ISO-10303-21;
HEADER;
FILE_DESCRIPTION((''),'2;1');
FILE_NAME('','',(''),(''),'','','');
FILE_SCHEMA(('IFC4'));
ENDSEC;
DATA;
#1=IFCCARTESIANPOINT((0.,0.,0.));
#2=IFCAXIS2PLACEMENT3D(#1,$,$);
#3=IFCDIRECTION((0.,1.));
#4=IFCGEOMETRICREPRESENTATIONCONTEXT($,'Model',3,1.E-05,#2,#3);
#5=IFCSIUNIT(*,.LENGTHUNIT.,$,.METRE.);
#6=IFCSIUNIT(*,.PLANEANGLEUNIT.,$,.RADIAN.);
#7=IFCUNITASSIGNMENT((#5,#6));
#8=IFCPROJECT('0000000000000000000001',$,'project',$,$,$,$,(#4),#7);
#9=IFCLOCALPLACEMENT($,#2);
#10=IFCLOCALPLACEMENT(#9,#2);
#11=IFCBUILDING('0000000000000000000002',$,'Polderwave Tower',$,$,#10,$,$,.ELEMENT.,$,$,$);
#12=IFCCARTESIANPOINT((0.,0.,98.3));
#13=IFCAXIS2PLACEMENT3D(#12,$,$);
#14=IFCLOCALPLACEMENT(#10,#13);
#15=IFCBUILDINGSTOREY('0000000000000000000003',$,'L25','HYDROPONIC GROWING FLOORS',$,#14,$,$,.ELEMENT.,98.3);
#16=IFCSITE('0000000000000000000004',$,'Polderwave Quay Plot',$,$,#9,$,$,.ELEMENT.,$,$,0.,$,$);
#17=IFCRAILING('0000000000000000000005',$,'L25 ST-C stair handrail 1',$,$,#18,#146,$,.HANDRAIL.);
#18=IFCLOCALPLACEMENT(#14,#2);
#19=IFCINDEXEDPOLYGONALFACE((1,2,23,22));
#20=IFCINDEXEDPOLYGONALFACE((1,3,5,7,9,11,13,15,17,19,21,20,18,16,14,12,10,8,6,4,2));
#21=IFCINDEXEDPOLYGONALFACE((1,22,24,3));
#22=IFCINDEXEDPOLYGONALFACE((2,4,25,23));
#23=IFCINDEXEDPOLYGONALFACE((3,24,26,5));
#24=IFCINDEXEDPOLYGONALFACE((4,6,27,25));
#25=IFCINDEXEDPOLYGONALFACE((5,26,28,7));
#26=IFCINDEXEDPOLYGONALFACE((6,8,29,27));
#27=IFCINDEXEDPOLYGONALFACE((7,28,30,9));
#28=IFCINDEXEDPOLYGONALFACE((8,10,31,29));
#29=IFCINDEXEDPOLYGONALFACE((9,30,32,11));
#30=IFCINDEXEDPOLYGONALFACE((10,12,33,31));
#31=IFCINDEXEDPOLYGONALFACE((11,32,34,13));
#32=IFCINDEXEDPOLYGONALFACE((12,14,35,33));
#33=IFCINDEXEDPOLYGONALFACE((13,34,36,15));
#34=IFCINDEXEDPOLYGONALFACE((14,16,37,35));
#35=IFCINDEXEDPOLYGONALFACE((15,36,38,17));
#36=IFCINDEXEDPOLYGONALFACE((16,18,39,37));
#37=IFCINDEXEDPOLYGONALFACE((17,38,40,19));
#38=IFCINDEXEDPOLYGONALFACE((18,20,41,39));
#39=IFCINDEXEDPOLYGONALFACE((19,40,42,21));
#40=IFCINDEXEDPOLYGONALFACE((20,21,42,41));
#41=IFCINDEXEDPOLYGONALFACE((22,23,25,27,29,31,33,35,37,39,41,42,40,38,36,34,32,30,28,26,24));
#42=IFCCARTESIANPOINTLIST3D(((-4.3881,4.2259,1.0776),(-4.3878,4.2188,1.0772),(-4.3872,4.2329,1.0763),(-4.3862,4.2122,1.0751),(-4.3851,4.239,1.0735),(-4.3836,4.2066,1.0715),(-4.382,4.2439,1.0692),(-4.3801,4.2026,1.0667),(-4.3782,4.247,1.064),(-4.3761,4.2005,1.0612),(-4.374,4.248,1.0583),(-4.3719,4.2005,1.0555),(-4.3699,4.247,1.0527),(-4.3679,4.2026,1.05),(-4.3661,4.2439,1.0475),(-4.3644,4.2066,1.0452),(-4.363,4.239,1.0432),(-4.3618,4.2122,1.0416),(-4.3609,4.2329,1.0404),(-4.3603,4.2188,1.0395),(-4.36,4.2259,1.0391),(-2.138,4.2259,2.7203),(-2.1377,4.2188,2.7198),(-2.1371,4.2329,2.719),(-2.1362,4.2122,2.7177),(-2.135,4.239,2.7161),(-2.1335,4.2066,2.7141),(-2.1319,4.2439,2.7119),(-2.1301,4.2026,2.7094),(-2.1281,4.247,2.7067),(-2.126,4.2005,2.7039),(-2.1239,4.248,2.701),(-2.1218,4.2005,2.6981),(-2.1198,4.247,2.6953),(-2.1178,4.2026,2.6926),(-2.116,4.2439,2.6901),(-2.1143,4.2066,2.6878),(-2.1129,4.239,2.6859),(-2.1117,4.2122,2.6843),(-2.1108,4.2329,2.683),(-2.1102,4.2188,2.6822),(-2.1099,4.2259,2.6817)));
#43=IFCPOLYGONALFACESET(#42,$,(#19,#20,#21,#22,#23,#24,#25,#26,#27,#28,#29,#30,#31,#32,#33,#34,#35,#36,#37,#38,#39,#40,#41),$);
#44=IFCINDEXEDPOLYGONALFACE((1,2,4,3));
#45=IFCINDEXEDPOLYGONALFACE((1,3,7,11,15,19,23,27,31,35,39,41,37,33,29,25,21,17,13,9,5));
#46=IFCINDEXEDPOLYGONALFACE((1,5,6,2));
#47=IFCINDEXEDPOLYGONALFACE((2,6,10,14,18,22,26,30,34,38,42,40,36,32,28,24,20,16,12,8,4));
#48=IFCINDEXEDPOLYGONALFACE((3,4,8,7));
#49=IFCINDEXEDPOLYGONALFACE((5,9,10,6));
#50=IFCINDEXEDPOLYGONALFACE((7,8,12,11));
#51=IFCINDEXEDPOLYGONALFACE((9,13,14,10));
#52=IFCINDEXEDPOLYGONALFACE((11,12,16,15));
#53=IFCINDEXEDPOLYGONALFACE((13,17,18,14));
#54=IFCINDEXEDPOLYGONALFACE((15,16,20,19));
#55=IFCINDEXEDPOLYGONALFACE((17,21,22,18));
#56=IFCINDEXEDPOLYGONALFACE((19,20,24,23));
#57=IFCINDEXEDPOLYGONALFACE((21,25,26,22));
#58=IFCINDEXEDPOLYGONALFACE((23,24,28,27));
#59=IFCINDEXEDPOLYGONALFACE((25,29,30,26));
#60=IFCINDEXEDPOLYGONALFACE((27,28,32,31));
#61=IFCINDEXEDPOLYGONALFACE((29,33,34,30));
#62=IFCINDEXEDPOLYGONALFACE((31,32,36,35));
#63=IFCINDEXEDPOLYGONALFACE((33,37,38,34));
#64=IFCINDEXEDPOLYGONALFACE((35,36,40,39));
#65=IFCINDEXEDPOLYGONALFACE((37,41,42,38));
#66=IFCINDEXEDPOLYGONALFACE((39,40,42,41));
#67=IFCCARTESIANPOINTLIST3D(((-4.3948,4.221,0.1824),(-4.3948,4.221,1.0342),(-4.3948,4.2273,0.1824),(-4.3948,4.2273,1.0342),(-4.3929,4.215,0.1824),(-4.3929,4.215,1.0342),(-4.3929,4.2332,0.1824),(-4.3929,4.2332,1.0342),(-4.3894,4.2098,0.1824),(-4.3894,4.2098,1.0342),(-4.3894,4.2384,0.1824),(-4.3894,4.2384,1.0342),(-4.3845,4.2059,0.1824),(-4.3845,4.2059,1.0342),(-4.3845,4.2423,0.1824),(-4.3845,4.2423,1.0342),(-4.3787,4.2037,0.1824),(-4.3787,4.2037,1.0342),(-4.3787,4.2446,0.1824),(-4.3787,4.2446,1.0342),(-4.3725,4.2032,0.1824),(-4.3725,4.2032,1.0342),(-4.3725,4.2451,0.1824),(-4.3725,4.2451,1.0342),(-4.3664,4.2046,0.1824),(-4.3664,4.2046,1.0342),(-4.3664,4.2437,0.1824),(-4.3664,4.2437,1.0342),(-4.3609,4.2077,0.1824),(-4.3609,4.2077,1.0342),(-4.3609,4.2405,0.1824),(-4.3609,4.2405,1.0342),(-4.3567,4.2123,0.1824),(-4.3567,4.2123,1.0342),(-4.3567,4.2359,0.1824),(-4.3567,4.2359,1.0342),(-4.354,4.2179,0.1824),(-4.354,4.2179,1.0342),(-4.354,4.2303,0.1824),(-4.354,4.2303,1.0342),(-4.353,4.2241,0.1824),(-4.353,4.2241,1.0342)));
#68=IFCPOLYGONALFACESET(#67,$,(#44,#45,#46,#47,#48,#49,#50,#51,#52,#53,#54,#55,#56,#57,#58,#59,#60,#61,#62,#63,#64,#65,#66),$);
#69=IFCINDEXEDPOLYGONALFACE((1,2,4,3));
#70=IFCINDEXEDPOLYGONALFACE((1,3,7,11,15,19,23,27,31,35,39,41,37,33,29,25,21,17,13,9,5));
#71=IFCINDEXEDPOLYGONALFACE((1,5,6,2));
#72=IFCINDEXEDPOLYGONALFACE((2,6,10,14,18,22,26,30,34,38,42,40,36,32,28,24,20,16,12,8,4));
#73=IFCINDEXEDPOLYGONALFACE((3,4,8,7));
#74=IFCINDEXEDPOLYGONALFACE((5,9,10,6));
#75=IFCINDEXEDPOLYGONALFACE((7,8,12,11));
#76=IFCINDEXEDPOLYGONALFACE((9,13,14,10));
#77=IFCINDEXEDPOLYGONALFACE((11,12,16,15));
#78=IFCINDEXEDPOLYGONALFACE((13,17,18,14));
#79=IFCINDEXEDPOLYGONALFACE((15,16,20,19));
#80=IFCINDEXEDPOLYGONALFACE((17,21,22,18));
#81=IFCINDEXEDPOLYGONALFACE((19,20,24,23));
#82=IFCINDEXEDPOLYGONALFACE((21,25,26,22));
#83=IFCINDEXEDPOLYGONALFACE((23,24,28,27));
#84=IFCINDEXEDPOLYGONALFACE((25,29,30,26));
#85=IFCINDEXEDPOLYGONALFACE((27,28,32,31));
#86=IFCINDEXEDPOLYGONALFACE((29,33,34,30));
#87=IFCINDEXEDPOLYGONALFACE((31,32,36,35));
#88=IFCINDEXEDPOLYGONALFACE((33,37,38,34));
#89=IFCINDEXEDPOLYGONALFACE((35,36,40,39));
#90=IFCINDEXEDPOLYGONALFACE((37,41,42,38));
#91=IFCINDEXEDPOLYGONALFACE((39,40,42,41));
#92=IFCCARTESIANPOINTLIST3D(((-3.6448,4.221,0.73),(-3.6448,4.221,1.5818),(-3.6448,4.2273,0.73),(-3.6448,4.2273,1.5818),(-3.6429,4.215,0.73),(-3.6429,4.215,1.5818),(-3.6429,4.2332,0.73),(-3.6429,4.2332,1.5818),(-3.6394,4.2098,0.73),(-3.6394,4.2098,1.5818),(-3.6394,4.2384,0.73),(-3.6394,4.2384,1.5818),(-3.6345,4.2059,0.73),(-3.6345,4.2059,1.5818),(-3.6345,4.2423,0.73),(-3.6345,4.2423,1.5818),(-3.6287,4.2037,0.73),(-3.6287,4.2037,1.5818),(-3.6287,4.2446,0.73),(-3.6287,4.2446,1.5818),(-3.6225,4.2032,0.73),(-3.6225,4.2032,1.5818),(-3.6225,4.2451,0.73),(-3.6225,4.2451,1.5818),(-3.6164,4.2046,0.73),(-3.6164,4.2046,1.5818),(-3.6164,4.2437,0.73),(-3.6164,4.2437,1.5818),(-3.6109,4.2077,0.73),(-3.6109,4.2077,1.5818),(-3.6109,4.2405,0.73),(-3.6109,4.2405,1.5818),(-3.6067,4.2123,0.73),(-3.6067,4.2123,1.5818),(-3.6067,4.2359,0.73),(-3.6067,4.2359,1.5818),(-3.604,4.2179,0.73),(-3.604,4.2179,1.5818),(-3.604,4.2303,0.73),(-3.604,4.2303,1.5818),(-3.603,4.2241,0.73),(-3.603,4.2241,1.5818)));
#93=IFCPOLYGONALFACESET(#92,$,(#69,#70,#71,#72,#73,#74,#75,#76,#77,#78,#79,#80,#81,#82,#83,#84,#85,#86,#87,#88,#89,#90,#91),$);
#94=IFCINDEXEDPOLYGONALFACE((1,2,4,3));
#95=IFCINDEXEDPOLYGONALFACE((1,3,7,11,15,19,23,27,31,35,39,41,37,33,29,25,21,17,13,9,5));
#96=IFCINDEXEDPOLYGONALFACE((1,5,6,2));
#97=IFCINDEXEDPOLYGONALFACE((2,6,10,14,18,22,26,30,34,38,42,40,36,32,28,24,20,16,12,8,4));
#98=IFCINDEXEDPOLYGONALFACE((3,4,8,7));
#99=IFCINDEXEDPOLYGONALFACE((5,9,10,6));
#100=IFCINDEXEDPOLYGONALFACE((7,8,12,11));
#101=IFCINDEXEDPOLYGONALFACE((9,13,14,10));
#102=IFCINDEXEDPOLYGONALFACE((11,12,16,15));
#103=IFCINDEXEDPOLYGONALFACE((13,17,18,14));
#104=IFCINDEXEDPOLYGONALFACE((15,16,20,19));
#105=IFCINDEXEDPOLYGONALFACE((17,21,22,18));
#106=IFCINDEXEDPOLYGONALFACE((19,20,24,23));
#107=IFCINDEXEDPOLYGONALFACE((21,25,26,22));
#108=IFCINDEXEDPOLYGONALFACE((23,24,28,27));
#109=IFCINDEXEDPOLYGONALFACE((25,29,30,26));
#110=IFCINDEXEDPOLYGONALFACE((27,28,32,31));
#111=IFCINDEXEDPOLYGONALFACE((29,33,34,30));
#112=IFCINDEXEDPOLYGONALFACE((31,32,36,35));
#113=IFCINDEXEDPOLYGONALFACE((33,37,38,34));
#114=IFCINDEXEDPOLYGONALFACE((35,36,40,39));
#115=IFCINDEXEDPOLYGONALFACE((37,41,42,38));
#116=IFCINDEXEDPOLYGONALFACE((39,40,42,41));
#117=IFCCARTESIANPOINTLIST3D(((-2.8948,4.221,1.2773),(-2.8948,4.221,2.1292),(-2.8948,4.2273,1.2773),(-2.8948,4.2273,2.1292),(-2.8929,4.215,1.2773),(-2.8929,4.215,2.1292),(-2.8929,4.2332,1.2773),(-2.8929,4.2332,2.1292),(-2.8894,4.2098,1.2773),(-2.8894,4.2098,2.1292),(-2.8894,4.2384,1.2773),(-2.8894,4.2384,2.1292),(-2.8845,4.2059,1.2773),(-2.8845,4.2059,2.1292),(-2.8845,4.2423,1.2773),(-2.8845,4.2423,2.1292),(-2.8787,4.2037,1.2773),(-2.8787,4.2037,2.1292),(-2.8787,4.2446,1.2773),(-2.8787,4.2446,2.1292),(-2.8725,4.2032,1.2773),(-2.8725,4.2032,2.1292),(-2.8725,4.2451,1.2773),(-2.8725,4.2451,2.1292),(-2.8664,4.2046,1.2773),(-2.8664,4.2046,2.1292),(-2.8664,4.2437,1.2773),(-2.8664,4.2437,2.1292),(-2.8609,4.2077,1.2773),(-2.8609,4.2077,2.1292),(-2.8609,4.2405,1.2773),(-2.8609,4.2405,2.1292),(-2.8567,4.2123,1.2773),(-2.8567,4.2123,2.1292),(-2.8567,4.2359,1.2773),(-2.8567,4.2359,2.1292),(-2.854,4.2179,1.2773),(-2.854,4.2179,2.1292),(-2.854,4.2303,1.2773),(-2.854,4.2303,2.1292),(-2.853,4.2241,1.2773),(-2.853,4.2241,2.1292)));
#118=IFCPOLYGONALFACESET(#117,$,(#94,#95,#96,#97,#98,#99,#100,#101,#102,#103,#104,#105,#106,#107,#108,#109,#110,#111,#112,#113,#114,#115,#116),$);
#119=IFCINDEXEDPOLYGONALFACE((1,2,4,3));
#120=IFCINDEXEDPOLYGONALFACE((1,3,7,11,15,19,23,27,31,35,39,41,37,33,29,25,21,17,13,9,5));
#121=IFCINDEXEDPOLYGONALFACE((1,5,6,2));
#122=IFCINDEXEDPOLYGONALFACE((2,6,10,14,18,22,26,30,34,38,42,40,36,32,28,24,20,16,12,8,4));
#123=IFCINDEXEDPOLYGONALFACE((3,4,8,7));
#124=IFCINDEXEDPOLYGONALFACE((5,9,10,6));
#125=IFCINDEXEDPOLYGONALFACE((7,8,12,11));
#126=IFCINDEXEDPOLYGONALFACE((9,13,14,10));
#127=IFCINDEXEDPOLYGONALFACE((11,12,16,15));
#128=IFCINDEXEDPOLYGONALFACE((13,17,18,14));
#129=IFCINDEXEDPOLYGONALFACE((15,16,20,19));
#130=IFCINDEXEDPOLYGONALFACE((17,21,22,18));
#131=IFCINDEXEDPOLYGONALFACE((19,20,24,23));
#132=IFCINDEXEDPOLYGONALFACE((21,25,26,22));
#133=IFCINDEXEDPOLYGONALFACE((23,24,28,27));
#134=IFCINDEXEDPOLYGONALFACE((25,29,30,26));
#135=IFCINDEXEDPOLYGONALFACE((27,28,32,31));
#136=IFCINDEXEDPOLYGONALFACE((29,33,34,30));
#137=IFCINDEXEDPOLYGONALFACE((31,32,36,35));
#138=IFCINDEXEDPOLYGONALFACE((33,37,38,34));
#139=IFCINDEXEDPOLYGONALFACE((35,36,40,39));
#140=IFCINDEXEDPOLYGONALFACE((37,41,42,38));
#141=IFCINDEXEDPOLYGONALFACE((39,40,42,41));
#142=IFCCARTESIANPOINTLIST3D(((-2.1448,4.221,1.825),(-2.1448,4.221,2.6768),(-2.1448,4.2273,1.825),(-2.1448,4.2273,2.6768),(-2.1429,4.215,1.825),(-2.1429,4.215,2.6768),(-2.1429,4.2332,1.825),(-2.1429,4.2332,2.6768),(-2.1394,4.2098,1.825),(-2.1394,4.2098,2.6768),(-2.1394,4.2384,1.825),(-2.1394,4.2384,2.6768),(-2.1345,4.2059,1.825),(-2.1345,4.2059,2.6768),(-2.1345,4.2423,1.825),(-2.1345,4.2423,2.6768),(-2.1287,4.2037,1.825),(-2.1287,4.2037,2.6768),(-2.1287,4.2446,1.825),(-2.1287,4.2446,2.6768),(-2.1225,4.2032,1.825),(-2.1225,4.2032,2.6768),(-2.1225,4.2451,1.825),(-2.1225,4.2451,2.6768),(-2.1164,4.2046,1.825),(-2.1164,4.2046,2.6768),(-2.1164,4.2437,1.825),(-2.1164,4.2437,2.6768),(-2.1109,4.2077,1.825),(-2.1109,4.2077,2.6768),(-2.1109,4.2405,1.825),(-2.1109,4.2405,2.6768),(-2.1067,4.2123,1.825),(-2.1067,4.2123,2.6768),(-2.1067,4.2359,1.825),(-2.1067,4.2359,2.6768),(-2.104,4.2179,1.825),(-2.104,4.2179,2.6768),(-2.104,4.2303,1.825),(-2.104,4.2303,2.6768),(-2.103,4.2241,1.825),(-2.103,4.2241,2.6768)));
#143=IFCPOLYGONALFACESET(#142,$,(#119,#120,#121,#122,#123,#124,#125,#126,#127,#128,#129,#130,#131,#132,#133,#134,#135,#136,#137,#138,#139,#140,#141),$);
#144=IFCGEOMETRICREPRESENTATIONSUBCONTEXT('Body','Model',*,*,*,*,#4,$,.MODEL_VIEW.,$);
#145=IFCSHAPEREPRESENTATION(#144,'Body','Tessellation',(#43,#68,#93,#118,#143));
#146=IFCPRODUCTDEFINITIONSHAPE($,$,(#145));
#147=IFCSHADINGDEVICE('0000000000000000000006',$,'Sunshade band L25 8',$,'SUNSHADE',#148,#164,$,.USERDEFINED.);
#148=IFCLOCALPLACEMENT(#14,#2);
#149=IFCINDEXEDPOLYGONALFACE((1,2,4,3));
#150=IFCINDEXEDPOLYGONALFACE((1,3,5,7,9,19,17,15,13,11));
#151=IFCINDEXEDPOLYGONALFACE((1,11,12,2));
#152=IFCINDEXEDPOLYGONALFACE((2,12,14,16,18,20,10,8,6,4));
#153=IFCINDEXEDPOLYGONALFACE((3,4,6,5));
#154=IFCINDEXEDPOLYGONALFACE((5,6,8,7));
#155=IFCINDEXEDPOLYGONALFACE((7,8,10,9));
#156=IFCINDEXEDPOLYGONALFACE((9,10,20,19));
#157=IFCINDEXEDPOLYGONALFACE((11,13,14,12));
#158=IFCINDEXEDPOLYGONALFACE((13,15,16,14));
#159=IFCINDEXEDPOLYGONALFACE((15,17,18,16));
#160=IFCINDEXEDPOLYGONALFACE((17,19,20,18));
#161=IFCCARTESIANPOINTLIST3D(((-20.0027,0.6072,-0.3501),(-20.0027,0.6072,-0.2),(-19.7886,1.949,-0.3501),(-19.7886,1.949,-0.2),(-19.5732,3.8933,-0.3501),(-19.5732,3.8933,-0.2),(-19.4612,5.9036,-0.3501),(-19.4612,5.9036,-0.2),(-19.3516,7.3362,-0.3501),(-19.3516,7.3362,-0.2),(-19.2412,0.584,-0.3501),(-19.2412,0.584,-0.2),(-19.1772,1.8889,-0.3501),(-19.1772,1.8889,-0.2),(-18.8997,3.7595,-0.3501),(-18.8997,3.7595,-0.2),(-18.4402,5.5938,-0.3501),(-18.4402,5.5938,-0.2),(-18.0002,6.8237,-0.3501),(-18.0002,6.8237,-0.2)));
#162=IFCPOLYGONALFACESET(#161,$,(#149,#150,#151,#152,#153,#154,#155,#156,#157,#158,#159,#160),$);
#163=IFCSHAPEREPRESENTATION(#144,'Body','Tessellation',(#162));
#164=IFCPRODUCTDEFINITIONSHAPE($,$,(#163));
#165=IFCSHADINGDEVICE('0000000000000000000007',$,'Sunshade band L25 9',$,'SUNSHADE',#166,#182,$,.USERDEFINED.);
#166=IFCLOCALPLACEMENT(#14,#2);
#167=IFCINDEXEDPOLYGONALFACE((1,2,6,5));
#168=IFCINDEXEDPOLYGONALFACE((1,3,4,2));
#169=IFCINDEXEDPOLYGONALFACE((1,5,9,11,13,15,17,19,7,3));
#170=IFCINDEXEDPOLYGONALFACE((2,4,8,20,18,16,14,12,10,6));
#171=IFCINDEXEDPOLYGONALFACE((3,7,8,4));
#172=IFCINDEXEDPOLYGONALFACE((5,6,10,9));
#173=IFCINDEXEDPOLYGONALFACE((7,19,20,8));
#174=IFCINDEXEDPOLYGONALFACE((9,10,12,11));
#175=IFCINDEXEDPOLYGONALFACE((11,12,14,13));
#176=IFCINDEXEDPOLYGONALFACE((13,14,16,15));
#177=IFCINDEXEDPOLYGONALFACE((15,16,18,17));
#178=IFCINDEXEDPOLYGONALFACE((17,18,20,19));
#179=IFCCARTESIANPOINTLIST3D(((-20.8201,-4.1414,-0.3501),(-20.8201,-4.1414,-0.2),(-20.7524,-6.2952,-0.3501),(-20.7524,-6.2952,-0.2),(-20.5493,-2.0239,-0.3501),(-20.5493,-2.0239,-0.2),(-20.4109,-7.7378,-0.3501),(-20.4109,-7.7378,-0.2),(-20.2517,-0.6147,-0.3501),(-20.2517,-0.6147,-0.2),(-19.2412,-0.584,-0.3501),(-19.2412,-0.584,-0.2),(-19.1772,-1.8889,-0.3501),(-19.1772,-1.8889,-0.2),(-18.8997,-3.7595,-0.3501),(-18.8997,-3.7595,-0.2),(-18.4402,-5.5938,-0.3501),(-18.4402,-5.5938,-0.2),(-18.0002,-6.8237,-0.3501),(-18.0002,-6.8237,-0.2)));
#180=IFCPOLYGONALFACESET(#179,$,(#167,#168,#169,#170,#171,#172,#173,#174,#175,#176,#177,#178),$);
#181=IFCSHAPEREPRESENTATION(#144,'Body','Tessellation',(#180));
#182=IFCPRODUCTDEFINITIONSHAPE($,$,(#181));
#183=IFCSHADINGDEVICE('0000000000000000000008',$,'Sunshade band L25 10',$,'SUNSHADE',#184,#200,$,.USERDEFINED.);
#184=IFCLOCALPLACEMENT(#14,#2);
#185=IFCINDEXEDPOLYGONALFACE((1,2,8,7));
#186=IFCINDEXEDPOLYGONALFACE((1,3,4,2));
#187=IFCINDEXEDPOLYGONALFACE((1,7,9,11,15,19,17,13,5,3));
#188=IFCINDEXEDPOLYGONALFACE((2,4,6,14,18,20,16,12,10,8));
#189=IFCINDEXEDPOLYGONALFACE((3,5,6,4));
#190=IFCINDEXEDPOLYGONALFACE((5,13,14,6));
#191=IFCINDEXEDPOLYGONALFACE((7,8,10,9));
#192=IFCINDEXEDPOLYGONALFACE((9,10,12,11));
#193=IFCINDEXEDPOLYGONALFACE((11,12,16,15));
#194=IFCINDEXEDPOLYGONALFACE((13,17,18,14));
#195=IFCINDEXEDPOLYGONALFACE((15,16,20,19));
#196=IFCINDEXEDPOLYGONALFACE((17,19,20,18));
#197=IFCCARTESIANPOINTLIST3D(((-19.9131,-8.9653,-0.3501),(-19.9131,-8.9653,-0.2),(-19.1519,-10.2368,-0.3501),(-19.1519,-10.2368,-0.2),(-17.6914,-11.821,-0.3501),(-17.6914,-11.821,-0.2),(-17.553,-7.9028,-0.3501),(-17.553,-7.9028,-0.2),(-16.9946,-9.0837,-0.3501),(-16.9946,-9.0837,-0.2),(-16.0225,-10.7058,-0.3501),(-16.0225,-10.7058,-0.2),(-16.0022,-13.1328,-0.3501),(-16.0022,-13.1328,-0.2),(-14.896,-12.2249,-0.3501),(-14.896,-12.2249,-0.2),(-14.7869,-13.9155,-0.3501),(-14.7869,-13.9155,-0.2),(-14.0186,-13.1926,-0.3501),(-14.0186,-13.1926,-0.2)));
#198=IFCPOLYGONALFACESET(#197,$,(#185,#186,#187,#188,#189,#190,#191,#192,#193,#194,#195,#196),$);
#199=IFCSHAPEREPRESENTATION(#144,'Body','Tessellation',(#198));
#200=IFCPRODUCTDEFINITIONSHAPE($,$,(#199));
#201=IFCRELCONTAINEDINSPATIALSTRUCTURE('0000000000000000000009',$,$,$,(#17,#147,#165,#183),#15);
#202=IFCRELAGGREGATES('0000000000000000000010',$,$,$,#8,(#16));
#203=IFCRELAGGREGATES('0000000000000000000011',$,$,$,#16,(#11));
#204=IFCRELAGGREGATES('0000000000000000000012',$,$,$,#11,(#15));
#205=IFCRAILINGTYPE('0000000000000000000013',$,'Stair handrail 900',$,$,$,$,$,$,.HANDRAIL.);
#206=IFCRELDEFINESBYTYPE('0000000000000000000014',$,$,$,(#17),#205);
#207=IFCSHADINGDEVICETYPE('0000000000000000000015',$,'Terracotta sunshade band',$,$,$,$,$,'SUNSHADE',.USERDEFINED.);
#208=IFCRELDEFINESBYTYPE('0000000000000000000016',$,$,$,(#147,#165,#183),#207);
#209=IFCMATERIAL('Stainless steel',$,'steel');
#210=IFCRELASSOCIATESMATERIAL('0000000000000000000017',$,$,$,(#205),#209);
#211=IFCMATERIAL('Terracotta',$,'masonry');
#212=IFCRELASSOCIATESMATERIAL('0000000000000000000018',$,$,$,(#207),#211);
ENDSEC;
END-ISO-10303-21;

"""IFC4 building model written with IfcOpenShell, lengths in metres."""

from ifc_helpers import new_model, si_unit, direction, frame, origin, origin_2d, place, context, subcontext, project, spatial, polyline, circle, outline, extrude, material, type_object, element, save


model = new_model("IFC4")

# Units and contexts
model_context = context("Model", 3, precision=1e-05, world=origin(), true_north=direction((0.0, 1.0)))
body_context = subcontext(model_context, "Body", "Model", "MODEL_VIEW")
ifc_project = project(units=[si_unit("LENGTHUNIT", "METRE"), si_unit("PLANEANGLEUNIT", "RADIAN")], contexts=[model_context])

# Site, building, storey
site_placement = place(None, origin())
site = spatial("IfcSite", under=ifc_project, at=site_placement, Name="Polderwave Quay Plot", CompositionType="ELEMENT", RefElevation=0.0)
building_placement = place(site_placement, origin())
building = spatial("IfcBuilding", under=site, at=building_placement, Name="Polderwave Tower", CompositionType="ELEMENT")
storey_placement = place(building_placement, frame((0.0, 0.0, 98.3)))
storey = spatial("IfcBuildingStorey", under=building, at=storey_placement, Name="L25", Description="HYDROPONIC GROWING FLOORS", CompositionType="ELEMENT", Elevation=98.3)

# Railing
ifc_material_1 = material(Name="Stainless steel", Category="steel")
railing_type_1 = type_object("IfcRailingType", Name="Stair handrail 900", PredefinedType="HANDRAIL", material=ifc_material_1)
railing_1_placement = place(storey_placement, frame((-4.374, 4.2241, 0.1824)))
element("IfcRailing", 1, at=railing_1_placement, inside=storey, type_object=railing_type_1, Name="L25 ST-C stair handrail 1", PredefinedType="HANDRAIL", context=body_context, shape_type="SweptSolid", body=[
    extrude(circle(Radius=0.0239, at=origin_2d()), frame((0.0, 0.0, 0.876), z_axis=(0.807674, 0.0, 0.58963), x_axis=(0.0, 1.0, 0.0)), (0.0, 0.0, 1.0), 2.7859),
    extrude(circle(Radius=0.021, at=origin_2d()), origin(), (0.0, 0.0, 1.0), 0.8518),
    extrude(circle(Radius=0.021, at=origin_2d()), frame((0.75, 0.0, 0.5476)), (0.0, 0.0, 1.0), 0.8518),
    extrude(circle(Radius=0.021, at=origin_2d()), frame((1.5, 0.0, 1.095)), (0.0, 0.0, 1.0), 0.8518),
    extrude(circle(Radius=0.021, at=origin_2d()), frame((2.25, 0.0, 1.6426)), (0.0, 0.0, 1.0), 0.8518),
])

# Shading devices
ifc_material_2 = material(Name="Terracotta", Category="masonry")
shading_device_type = type_object("IfcShadingDeviceType", Name="Terracotta sunshade band", ElementType="SUNSHADE", PredefinedType="USERDEFINED", material=ifc_material_2)
shading_device_1_placement = place(storey_placement, frame((0.0, 0.0, -0.3501)))
element("IfcShadingDevice", 2, at=shading_device_1_placement, inside=storey, type_object=shading_device_type, Name="Sunshade band L25 8", ObjectType="SUNSHADE", PredefinedType="USERDEFINED", context=body_context, shape_type="SweptSolid", body=[
    extrude(outline(polyline([(-18.0002, 6.8237), (-18.4402, 5.5938), (-18.8997, 3.7595), (-19.1772, 1.8889), (-19.2412, 0.584), (-20.0027, 0.6072), (-19.7886, 1.949), (-19.5732, 3.8933), (-19.4612, 5.9036), (-19.3516, 7.3362), (-18.0002, 6.8237)])), origin(), (0.0, 0.0, 1.0), 0.1501),
])
shading_device_2_placement = place(storey_placement, frame((0.0, 0.0, -0.3501)))
element("IfcShadingDevice", 3, at=shading_device_2_placement, inside=storey, type_object=shading_device_type, Name="Sunshade band L25 9", ObjectType="SUNSHADE", PredefinedType="USERDEFINED", context=body_context, shape_type="SweptSolid", body=[
    extrude(outline(polyline([(-19.2412, -0.584), (-19.1772, -1.8889), (-18.8997, -3.7595), (-18.4402, -5.5938), (-18.0002, -6.8237), (-20.4109, -7.7378), (-20.7524, -6.2952), (-20.8201, -4.1414), (-20.5493, -2.0239), (-20.2517, -0.6147), (-19.2412, -0.584)])), origin(), (0.0, 0.0, 1.0), 0.1501),
])
shading_device_3_placement = place(storey_placement, frame((0.0, 0.0, -0.3501)))
element("IfcShadingDevice", 4, at=shading_device_3_placement, inside=storey, type_object=shading_device_type, Name="Sunshade band L25 10", ObjectType="SUNSHADE", PredefinedType="USERDEFINED", context=body_context, shape_type="SweptSolid", body=[
    extrude(outline(polyline([(-17.553, -7.9028), (-16.9946, -9.0837), (-16.0225, -10.7058), (-14.896, -12.2249), (-14.0186, -13.1926), (-14.7869, -13.9155), (-16.0022, -13.1328), (-17.6914, -11.821), (-19.1519, -10.2368), (-19.9131, -8.9653), (-17.553, -7.9028)])), origin(), (0.0, 0.0, 1.0), 0.1501),
])

save(model, "model.ifc")
